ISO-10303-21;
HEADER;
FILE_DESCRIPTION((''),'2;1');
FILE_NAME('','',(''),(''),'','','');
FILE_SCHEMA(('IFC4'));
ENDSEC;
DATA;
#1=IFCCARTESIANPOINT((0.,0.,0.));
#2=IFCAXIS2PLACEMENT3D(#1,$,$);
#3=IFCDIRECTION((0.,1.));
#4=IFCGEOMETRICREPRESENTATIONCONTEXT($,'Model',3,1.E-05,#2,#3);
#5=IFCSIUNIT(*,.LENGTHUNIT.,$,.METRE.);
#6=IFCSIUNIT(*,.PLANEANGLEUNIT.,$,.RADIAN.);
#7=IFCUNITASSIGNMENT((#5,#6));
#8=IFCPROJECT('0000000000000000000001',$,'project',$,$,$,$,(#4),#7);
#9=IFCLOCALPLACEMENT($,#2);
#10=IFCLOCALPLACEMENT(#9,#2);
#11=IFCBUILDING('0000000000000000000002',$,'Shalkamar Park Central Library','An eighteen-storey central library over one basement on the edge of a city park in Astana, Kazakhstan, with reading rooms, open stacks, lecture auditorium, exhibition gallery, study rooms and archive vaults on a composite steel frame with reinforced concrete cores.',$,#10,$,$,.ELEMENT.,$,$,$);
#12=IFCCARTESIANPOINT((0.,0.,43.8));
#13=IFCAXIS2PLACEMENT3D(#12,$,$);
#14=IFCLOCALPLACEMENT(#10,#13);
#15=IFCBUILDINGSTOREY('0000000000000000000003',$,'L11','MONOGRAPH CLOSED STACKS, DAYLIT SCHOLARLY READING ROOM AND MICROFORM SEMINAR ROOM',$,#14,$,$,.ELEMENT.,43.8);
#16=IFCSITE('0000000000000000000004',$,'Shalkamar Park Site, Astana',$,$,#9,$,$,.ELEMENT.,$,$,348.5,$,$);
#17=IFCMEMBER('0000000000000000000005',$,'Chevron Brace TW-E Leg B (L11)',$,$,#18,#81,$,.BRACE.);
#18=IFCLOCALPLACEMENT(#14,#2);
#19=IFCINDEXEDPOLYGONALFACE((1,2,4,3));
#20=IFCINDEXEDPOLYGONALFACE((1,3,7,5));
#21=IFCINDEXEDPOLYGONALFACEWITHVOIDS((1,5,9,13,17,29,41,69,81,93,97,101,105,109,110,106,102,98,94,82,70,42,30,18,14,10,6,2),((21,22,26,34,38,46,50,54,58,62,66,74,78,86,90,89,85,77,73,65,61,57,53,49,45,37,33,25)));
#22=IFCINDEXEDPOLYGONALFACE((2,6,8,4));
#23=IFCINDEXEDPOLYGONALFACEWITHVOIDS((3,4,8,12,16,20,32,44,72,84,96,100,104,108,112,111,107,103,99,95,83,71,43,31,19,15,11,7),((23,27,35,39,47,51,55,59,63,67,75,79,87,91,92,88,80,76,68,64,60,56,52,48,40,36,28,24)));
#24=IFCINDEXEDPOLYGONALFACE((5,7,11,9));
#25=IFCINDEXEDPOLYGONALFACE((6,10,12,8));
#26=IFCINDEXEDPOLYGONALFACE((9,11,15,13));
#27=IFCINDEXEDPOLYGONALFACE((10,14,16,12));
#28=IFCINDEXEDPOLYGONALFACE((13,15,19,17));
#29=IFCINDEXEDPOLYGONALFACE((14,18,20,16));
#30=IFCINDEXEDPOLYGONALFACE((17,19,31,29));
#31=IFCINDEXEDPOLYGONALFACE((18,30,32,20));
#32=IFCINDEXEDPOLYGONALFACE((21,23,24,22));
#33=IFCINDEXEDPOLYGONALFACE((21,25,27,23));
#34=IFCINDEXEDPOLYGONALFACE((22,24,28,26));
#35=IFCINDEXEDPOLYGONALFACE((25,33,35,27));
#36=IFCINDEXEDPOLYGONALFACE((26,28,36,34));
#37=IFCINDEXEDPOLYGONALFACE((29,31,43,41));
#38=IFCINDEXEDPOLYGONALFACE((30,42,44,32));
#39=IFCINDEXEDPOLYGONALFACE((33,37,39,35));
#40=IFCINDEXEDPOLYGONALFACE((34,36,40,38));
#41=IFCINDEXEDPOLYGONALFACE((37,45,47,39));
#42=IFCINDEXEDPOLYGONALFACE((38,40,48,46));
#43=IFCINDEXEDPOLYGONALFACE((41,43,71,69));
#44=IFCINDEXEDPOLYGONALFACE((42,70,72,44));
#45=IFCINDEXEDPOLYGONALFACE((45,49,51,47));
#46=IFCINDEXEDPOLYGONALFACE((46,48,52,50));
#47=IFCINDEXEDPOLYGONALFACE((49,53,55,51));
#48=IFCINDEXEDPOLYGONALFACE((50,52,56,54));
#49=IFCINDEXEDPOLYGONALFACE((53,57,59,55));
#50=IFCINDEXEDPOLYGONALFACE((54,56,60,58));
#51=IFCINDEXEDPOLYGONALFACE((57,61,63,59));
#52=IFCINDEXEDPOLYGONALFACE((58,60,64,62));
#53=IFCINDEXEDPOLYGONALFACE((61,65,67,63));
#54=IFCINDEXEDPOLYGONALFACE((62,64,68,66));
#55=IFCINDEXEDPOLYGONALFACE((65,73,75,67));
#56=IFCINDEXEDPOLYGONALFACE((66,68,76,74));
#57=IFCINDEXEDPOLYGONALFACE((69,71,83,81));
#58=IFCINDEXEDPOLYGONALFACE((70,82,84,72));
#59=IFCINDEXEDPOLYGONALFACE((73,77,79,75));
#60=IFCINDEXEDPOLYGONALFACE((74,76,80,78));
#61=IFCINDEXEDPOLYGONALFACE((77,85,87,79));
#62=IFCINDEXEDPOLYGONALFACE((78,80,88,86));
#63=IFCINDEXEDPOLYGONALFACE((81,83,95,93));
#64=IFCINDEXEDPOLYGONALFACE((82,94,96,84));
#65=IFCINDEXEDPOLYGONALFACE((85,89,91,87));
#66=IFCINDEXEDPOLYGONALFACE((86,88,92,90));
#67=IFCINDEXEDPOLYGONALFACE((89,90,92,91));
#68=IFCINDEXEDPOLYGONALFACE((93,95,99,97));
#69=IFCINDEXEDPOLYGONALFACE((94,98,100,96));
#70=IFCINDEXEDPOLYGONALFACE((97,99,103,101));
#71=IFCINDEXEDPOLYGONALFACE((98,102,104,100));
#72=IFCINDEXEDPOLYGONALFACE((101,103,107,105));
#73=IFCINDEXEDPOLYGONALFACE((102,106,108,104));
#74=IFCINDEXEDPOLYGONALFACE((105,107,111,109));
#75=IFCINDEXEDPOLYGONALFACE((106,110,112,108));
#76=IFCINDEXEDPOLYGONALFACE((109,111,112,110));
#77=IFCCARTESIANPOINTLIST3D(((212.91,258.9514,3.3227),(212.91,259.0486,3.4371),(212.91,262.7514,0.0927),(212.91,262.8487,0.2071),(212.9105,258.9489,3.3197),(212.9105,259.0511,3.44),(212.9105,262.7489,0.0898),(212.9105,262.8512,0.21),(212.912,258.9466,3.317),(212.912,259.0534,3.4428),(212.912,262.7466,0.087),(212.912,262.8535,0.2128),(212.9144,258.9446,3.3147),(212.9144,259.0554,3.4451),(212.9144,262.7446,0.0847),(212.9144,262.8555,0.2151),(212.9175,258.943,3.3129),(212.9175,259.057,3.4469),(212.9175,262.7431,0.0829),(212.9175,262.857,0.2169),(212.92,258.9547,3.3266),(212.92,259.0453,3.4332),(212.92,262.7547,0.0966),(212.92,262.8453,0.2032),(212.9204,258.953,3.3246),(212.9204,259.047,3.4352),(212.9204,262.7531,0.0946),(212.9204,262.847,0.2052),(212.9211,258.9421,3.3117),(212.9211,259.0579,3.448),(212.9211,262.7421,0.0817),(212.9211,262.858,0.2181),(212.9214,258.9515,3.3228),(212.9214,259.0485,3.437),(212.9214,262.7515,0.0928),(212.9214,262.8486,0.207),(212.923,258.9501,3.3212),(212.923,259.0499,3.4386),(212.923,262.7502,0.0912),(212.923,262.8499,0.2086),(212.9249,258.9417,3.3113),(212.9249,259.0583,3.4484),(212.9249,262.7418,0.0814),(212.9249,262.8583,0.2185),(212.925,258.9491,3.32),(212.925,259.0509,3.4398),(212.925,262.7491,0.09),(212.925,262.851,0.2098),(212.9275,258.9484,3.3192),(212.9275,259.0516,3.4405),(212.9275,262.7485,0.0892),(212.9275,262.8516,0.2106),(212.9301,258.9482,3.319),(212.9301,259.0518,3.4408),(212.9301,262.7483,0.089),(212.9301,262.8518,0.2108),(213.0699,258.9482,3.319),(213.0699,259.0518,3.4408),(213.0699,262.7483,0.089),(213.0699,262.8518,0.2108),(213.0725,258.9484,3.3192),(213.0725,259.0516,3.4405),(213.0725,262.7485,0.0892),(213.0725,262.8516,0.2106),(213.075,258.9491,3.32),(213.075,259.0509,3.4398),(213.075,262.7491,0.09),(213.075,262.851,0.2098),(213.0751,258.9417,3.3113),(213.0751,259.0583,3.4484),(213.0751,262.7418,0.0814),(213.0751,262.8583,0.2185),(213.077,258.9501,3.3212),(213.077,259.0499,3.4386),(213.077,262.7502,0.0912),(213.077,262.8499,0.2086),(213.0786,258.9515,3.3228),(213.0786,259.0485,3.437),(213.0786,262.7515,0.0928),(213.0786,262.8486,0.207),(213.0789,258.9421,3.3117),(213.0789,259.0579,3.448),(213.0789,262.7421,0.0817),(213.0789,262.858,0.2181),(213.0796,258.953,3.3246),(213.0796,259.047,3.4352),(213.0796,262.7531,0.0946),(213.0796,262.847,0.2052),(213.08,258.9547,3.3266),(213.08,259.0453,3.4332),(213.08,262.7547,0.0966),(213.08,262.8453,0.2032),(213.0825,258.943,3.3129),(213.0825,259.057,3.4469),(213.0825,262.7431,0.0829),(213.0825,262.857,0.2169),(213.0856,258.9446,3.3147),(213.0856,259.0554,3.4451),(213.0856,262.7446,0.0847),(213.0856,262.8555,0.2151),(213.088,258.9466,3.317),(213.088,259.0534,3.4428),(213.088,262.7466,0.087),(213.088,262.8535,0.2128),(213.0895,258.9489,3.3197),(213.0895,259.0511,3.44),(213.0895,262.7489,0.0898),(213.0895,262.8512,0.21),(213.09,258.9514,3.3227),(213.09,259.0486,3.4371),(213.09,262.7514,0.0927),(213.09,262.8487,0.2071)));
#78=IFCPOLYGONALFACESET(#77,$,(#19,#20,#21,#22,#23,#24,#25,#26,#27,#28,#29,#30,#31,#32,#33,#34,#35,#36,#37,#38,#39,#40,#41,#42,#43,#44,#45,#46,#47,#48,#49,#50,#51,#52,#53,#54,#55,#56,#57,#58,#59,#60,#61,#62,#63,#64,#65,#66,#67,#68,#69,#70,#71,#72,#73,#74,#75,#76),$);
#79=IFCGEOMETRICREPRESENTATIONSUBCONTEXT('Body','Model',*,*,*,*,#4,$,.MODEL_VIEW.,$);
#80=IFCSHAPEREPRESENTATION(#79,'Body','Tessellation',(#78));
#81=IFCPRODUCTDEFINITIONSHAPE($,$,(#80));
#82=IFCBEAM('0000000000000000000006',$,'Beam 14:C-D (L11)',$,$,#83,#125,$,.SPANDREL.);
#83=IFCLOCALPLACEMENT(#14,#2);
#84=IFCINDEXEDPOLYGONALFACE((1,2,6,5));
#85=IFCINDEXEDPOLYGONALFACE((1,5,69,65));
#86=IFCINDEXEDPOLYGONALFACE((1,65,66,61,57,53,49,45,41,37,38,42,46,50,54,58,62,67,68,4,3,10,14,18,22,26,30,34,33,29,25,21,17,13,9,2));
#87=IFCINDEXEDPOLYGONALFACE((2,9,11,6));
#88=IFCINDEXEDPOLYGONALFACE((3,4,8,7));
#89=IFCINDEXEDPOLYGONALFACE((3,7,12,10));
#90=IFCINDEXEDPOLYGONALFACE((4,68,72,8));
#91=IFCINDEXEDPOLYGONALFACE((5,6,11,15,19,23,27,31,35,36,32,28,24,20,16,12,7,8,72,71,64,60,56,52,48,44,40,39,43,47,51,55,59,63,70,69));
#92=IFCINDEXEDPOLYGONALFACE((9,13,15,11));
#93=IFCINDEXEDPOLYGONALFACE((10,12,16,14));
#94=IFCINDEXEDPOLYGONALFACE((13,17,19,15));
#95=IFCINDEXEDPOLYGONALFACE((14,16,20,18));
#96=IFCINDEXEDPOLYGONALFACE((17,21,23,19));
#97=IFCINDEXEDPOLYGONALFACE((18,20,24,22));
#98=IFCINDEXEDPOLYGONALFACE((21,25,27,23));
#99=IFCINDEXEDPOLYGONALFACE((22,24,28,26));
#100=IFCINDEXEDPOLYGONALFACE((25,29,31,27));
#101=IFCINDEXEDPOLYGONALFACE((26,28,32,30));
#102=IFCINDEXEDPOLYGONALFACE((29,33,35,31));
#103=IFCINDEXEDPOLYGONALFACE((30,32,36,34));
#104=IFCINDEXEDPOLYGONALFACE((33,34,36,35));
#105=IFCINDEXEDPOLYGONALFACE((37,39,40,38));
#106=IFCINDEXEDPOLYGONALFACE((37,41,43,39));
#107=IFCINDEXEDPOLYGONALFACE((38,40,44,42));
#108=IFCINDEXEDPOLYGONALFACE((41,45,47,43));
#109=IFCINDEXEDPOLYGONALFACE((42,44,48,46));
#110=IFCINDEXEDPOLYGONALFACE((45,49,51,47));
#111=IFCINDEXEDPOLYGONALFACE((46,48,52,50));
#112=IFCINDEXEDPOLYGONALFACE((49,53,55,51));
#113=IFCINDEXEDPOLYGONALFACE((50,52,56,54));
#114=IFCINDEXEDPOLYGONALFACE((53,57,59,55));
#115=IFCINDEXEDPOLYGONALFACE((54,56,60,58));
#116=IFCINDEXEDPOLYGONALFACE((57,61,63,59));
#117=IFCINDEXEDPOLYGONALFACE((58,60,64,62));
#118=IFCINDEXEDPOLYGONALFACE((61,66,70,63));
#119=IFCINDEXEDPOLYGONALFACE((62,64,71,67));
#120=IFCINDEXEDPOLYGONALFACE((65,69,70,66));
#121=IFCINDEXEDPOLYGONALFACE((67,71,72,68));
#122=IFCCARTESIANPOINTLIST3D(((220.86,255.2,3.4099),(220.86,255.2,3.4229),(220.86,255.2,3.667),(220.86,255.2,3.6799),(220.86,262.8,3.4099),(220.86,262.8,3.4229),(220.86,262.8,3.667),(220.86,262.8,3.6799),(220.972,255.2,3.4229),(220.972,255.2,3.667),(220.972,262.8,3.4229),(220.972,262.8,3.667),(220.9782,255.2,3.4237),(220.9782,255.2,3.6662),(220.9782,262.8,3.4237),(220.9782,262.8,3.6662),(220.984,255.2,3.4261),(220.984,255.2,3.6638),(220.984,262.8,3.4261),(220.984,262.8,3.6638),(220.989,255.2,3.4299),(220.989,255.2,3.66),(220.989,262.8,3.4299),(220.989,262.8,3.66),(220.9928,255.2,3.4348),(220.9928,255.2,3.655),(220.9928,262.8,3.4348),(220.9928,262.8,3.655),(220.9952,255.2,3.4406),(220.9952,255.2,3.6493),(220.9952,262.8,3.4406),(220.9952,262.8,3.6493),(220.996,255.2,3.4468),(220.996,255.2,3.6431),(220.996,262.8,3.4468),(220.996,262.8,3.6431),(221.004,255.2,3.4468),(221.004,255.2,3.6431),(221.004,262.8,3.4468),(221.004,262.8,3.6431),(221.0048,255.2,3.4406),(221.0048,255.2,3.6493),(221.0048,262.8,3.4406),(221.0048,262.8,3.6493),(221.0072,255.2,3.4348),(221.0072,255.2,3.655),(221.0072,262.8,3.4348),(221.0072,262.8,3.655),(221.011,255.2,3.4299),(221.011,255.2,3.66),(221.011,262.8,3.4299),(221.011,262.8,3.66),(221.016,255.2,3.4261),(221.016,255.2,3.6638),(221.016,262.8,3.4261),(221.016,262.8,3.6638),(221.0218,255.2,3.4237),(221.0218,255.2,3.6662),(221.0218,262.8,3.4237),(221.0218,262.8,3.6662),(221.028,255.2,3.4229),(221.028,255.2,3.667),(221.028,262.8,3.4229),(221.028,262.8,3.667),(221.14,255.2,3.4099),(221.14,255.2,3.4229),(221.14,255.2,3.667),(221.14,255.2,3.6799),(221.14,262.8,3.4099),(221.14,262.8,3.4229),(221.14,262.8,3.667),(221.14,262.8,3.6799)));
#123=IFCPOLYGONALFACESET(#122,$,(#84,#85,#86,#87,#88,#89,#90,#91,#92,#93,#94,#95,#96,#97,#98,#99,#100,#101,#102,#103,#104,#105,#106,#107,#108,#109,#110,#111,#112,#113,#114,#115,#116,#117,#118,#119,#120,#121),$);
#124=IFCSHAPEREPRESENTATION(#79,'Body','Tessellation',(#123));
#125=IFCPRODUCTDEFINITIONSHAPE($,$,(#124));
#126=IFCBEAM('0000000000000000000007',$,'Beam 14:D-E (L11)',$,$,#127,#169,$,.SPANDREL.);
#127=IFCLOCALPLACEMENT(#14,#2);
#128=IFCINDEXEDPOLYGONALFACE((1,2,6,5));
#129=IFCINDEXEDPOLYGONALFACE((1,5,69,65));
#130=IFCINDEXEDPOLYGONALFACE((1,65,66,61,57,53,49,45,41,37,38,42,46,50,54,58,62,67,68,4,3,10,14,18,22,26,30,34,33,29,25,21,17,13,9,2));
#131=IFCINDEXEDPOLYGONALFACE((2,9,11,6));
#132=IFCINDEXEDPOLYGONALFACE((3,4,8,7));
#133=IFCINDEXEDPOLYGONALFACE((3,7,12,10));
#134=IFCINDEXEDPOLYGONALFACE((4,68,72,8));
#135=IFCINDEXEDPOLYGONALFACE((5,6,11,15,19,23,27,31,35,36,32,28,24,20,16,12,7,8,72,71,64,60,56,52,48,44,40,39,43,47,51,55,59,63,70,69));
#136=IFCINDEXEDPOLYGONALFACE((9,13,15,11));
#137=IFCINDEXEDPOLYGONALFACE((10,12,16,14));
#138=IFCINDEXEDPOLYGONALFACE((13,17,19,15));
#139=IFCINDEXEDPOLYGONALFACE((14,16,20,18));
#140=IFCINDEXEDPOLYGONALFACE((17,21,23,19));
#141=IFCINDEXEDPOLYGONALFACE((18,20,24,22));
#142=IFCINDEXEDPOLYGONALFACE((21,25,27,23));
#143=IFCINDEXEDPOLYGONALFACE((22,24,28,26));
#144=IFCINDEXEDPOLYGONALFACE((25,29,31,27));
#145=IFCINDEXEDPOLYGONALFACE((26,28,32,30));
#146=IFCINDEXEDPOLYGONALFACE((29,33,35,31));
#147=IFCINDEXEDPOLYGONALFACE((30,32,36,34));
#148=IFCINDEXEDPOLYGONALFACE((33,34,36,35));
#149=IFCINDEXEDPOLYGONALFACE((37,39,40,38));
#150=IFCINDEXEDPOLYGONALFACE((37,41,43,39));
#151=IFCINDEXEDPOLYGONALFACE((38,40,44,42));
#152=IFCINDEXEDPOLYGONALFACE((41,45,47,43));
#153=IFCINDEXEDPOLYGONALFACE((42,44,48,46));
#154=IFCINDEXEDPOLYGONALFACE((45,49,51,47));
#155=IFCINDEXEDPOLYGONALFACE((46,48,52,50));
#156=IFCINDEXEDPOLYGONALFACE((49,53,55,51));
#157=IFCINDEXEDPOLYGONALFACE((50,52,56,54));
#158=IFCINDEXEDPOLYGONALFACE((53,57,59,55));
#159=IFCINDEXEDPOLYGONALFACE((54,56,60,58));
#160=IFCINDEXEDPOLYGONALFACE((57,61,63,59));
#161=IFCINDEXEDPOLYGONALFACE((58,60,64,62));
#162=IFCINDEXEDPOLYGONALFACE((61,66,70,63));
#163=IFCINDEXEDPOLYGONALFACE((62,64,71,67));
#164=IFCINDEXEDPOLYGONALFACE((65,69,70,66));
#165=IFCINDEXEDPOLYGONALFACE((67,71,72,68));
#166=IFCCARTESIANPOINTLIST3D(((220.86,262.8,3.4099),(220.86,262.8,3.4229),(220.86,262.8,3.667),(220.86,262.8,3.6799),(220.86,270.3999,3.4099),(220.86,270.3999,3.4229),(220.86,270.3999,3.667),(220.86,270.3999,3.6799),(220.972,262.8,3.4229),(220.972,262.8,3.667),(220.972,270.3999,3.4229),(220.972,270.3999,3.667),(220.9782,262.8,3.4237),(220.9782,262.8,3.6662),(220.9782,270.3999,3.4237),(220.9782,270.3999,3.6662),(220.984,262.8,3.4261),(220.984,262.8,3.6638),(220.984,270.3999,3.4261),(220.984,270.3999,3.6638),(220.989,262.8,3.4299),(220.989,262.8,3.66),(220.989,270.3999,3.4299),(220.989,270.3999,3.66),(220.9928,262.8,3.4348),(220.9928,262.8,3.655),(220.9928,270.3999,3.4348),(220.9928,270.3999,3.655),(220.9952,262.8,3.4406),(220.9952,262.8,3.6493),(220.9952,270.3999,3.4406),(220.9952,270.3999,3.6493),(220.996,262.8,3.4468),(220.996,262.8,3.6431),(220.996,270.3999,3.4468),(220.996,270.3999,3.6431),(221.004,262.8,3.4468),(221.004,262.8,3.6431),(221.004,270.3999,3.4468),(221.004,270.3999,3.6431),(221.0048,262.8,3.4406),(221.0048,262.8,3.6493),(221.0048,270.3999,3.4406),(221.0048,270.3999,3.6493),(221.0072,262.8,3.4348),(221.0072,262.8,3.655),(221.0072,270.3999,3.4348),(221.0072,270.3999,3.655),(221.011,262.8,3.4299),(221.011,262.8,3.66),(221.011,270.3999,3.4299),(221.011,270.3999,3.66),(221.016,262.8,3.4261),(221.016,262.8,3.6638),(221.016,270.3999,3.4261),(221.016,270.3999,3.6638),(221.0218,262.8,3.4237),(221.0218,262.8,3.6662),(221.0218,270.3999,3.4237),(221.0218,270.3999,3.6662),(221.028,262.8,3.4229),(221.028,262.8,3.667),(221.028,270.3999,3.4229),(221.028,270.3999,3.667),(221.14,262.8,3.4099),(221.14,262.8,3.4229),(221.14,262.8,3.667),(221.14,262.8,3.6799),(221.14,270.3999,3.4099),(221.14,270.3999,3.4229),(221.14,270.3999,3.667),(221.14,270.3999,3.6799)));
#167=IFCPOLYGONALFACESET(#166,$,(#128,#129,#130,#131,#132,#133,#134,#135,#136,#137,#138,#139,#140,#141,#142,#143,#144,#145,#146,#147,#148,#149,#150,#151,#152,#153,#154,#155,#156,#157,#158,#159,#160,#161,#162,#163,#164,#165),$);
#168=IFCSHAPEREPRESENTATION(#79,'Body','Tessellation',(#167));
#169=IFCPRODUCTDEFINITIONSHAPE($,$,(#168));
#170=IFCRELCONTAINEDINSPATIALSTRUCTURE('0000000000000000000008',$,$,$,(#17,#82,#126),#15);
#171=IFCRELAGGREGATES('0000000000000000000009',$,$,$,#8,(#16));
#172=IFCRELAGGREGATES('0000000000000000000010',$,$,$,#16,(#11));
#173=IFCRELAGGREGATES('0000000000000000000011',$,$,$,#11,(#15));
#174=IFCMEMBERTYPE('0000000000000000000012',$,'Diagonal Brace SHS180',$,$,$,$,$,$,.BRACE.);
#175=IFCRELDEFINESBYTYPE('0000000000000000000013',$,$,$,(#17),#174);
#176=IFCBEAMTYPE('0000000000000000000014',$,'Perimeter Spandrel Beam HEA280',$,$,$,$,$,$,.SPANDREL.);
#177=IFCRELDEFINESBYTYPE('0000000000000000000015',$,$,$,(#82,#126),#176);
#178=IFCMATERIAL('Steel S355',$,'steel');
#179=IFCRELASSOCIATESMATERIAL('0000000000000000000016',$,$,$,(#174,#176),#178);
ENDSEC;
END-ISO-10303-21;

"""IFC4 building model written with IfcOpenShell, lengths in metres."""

from ifc_helpers import new_model, si_unit, direction, frame, origin, origin_2d, place, context, subcontext, project, spatial, hollow_rectangle, i_section, extrude, material, material_profile, profile_set, type_object, element, save


model = new_model("IFC4")

# Units and contexts
model_context = context("Model", 3, precision=1e-05, world=origin(), true_north=direction((0.0, 1.0)))
body_context = subcontext(model_context, "Body", "Model", "MODEL_VIEW")
ifc_project = project(units=[si_unit("LENGTHUNIT", "METRE"), si_unit("PLANEANGLEUNIT", "RADIAN")], contexts=[model_context])

# Site, building, storey
site_placement = place(None, origin())
site = spatial("IfcSite", under=ifc_project, at=site_placement, Name="Shalkamar Park Site, Astana", CompositionType="ELEMENT", RefElevation=348.5)
building_placement = place(site_placement, origin())
building = spatial("IfcBuilding", under=site, at=building_placement, Name="Shalkamar Park Central Library", Description="An eighteen-storey central library over one basement on the edge of a city park in Astana, Kazakhstan, with reading rooms, open stacks, lecture auditorium, exhibition gallery, study rooms and archive vaults on a composite steel frame with reinforced concrete cores.", CompositionType="ELEMENT")
storey_placement = place(building_placement, frame((0.0, 0.0, 43.8)))
storey = spatial("IfcBuildingStorey", under=building, at=storey_placement, Name="L11", Description="MONOGRAPH CLOSED STACKS, DAYLIT SCHOLARLY READING ROOM AND MICROFORM SEMINAR ROOM", CompositionType="ELEMENT", Elevation=43.8)

# Shared definitions
ifc_material_1 = material(Name="Steel S355", Category="steel")

# Member
ifc_material_profile_1 = material_profile(ifc_material_1, hollow_rectangle(XDim=0.1799, YDim=0.1799, WallThickness=0.01, InnerFilletRadius=0.01, OuterFilletRadius=0.0149, at=origin_2d()), Name="SHS 180x180x10")
ifc_profile_set_1 = profile_set([ifc_material_profile_1], Name="Steel S355")
member_type = type_object("IfcMemberType", Name="Diagonal Brace SHS180", PredefinedType="BRACE", material=ifc_profile_set_1)
for number, where, z_axis, x_axis, name in (
    (1, (213.0, 262.8, 0.1499), (0.0, -0.761945, 0.647641), (1.0, 0.0, 0.0), "Chevron Brace TW-E Leg B (L11)"),
):
    element("IfcMember", number, at=place(storey_placement, frame(where, z_axis=z_axis, x_axis=x_axis)), inside=storey, type_object=member_type, Name=name, PredefinedType="BRACE", context=body_context, shape_type="SweptSolid", body=[
        extrude(hollow_rectangle(XDim=0.1799, YDim=0.1799, WallThickness=0.01, InnerFilletRadius=0.01, OuterFilletRadius=0.0149, at=origin_2d()), origin(), (0.0, 0.0, 1.0), 4.9873),
    ])

# Beams
ifc_material_profile_2 = material_profile(ifc_material_1, i_section(OverallWidth=0.28, OverallDepth=0.27, WebThickness=0.0081, FlangeThickness=0.0129, FilletRadius=0.0239, at=origin_2d()), Name="HEA 280")
ifc_profile_set_2 = profile_set([ifc_material_profile_2], Name="Steel S355")
beam_type_1 = type_object("IfcBeamType", Name="Perimeter Spandrel Beam HEA280", PredefinedType="SPANDREL", material=ifc_profile_set_2)
beam_1_placement = place(storey_placement, frame((221.0, 255.2, 3.5449), z_axis=(0.0, 1.0, 0.0), x_axis=(-1.0, 0.0, 0.0)))
element("IfcBeam", 2, at=beam_1_placement, inside=storey, type_object=beam_type_1, Name="Beam 14:C-D (L11)", PredefinedType="SPANDREL", context=body_context, shape_type="SweptSolid", body=[
    extrude(i_section(OverallWidth=0.28, OverallDepth=0.27, WebThickness=0.0081, FlangeThickness=0.0129, FilletRadius=0.0239, at=origin_2d()), origin(), (0.0, 0.0, 1.0), 7.6001),
])
beam_2_placement = place(storey_placement, frame((221.0, 262.8, 3.5449), z_axis=(0.0, 1.0, 0.0), x_axis=(-1.0, 0.0, 0.0)))
element("IfcBeam", 3, at=beam_2_placement, inside=storey, type_object=beam_type_1, Name="Beam 14:D-E (L11)", PredefinedType="SPANDREL", context=body_context, shape_type="SweptSolid", body=[
    extrude(i_section(OverallWidth=0.28, OverallDepth=0.27, WebThickness=0.0081, FlangeThickness=0.0129, FilletRadius=0.0239, at=origin_2d()), origin(), (0.0, 0.0, 1.0), 7.5999),
])

save(model, "model.ifc")
